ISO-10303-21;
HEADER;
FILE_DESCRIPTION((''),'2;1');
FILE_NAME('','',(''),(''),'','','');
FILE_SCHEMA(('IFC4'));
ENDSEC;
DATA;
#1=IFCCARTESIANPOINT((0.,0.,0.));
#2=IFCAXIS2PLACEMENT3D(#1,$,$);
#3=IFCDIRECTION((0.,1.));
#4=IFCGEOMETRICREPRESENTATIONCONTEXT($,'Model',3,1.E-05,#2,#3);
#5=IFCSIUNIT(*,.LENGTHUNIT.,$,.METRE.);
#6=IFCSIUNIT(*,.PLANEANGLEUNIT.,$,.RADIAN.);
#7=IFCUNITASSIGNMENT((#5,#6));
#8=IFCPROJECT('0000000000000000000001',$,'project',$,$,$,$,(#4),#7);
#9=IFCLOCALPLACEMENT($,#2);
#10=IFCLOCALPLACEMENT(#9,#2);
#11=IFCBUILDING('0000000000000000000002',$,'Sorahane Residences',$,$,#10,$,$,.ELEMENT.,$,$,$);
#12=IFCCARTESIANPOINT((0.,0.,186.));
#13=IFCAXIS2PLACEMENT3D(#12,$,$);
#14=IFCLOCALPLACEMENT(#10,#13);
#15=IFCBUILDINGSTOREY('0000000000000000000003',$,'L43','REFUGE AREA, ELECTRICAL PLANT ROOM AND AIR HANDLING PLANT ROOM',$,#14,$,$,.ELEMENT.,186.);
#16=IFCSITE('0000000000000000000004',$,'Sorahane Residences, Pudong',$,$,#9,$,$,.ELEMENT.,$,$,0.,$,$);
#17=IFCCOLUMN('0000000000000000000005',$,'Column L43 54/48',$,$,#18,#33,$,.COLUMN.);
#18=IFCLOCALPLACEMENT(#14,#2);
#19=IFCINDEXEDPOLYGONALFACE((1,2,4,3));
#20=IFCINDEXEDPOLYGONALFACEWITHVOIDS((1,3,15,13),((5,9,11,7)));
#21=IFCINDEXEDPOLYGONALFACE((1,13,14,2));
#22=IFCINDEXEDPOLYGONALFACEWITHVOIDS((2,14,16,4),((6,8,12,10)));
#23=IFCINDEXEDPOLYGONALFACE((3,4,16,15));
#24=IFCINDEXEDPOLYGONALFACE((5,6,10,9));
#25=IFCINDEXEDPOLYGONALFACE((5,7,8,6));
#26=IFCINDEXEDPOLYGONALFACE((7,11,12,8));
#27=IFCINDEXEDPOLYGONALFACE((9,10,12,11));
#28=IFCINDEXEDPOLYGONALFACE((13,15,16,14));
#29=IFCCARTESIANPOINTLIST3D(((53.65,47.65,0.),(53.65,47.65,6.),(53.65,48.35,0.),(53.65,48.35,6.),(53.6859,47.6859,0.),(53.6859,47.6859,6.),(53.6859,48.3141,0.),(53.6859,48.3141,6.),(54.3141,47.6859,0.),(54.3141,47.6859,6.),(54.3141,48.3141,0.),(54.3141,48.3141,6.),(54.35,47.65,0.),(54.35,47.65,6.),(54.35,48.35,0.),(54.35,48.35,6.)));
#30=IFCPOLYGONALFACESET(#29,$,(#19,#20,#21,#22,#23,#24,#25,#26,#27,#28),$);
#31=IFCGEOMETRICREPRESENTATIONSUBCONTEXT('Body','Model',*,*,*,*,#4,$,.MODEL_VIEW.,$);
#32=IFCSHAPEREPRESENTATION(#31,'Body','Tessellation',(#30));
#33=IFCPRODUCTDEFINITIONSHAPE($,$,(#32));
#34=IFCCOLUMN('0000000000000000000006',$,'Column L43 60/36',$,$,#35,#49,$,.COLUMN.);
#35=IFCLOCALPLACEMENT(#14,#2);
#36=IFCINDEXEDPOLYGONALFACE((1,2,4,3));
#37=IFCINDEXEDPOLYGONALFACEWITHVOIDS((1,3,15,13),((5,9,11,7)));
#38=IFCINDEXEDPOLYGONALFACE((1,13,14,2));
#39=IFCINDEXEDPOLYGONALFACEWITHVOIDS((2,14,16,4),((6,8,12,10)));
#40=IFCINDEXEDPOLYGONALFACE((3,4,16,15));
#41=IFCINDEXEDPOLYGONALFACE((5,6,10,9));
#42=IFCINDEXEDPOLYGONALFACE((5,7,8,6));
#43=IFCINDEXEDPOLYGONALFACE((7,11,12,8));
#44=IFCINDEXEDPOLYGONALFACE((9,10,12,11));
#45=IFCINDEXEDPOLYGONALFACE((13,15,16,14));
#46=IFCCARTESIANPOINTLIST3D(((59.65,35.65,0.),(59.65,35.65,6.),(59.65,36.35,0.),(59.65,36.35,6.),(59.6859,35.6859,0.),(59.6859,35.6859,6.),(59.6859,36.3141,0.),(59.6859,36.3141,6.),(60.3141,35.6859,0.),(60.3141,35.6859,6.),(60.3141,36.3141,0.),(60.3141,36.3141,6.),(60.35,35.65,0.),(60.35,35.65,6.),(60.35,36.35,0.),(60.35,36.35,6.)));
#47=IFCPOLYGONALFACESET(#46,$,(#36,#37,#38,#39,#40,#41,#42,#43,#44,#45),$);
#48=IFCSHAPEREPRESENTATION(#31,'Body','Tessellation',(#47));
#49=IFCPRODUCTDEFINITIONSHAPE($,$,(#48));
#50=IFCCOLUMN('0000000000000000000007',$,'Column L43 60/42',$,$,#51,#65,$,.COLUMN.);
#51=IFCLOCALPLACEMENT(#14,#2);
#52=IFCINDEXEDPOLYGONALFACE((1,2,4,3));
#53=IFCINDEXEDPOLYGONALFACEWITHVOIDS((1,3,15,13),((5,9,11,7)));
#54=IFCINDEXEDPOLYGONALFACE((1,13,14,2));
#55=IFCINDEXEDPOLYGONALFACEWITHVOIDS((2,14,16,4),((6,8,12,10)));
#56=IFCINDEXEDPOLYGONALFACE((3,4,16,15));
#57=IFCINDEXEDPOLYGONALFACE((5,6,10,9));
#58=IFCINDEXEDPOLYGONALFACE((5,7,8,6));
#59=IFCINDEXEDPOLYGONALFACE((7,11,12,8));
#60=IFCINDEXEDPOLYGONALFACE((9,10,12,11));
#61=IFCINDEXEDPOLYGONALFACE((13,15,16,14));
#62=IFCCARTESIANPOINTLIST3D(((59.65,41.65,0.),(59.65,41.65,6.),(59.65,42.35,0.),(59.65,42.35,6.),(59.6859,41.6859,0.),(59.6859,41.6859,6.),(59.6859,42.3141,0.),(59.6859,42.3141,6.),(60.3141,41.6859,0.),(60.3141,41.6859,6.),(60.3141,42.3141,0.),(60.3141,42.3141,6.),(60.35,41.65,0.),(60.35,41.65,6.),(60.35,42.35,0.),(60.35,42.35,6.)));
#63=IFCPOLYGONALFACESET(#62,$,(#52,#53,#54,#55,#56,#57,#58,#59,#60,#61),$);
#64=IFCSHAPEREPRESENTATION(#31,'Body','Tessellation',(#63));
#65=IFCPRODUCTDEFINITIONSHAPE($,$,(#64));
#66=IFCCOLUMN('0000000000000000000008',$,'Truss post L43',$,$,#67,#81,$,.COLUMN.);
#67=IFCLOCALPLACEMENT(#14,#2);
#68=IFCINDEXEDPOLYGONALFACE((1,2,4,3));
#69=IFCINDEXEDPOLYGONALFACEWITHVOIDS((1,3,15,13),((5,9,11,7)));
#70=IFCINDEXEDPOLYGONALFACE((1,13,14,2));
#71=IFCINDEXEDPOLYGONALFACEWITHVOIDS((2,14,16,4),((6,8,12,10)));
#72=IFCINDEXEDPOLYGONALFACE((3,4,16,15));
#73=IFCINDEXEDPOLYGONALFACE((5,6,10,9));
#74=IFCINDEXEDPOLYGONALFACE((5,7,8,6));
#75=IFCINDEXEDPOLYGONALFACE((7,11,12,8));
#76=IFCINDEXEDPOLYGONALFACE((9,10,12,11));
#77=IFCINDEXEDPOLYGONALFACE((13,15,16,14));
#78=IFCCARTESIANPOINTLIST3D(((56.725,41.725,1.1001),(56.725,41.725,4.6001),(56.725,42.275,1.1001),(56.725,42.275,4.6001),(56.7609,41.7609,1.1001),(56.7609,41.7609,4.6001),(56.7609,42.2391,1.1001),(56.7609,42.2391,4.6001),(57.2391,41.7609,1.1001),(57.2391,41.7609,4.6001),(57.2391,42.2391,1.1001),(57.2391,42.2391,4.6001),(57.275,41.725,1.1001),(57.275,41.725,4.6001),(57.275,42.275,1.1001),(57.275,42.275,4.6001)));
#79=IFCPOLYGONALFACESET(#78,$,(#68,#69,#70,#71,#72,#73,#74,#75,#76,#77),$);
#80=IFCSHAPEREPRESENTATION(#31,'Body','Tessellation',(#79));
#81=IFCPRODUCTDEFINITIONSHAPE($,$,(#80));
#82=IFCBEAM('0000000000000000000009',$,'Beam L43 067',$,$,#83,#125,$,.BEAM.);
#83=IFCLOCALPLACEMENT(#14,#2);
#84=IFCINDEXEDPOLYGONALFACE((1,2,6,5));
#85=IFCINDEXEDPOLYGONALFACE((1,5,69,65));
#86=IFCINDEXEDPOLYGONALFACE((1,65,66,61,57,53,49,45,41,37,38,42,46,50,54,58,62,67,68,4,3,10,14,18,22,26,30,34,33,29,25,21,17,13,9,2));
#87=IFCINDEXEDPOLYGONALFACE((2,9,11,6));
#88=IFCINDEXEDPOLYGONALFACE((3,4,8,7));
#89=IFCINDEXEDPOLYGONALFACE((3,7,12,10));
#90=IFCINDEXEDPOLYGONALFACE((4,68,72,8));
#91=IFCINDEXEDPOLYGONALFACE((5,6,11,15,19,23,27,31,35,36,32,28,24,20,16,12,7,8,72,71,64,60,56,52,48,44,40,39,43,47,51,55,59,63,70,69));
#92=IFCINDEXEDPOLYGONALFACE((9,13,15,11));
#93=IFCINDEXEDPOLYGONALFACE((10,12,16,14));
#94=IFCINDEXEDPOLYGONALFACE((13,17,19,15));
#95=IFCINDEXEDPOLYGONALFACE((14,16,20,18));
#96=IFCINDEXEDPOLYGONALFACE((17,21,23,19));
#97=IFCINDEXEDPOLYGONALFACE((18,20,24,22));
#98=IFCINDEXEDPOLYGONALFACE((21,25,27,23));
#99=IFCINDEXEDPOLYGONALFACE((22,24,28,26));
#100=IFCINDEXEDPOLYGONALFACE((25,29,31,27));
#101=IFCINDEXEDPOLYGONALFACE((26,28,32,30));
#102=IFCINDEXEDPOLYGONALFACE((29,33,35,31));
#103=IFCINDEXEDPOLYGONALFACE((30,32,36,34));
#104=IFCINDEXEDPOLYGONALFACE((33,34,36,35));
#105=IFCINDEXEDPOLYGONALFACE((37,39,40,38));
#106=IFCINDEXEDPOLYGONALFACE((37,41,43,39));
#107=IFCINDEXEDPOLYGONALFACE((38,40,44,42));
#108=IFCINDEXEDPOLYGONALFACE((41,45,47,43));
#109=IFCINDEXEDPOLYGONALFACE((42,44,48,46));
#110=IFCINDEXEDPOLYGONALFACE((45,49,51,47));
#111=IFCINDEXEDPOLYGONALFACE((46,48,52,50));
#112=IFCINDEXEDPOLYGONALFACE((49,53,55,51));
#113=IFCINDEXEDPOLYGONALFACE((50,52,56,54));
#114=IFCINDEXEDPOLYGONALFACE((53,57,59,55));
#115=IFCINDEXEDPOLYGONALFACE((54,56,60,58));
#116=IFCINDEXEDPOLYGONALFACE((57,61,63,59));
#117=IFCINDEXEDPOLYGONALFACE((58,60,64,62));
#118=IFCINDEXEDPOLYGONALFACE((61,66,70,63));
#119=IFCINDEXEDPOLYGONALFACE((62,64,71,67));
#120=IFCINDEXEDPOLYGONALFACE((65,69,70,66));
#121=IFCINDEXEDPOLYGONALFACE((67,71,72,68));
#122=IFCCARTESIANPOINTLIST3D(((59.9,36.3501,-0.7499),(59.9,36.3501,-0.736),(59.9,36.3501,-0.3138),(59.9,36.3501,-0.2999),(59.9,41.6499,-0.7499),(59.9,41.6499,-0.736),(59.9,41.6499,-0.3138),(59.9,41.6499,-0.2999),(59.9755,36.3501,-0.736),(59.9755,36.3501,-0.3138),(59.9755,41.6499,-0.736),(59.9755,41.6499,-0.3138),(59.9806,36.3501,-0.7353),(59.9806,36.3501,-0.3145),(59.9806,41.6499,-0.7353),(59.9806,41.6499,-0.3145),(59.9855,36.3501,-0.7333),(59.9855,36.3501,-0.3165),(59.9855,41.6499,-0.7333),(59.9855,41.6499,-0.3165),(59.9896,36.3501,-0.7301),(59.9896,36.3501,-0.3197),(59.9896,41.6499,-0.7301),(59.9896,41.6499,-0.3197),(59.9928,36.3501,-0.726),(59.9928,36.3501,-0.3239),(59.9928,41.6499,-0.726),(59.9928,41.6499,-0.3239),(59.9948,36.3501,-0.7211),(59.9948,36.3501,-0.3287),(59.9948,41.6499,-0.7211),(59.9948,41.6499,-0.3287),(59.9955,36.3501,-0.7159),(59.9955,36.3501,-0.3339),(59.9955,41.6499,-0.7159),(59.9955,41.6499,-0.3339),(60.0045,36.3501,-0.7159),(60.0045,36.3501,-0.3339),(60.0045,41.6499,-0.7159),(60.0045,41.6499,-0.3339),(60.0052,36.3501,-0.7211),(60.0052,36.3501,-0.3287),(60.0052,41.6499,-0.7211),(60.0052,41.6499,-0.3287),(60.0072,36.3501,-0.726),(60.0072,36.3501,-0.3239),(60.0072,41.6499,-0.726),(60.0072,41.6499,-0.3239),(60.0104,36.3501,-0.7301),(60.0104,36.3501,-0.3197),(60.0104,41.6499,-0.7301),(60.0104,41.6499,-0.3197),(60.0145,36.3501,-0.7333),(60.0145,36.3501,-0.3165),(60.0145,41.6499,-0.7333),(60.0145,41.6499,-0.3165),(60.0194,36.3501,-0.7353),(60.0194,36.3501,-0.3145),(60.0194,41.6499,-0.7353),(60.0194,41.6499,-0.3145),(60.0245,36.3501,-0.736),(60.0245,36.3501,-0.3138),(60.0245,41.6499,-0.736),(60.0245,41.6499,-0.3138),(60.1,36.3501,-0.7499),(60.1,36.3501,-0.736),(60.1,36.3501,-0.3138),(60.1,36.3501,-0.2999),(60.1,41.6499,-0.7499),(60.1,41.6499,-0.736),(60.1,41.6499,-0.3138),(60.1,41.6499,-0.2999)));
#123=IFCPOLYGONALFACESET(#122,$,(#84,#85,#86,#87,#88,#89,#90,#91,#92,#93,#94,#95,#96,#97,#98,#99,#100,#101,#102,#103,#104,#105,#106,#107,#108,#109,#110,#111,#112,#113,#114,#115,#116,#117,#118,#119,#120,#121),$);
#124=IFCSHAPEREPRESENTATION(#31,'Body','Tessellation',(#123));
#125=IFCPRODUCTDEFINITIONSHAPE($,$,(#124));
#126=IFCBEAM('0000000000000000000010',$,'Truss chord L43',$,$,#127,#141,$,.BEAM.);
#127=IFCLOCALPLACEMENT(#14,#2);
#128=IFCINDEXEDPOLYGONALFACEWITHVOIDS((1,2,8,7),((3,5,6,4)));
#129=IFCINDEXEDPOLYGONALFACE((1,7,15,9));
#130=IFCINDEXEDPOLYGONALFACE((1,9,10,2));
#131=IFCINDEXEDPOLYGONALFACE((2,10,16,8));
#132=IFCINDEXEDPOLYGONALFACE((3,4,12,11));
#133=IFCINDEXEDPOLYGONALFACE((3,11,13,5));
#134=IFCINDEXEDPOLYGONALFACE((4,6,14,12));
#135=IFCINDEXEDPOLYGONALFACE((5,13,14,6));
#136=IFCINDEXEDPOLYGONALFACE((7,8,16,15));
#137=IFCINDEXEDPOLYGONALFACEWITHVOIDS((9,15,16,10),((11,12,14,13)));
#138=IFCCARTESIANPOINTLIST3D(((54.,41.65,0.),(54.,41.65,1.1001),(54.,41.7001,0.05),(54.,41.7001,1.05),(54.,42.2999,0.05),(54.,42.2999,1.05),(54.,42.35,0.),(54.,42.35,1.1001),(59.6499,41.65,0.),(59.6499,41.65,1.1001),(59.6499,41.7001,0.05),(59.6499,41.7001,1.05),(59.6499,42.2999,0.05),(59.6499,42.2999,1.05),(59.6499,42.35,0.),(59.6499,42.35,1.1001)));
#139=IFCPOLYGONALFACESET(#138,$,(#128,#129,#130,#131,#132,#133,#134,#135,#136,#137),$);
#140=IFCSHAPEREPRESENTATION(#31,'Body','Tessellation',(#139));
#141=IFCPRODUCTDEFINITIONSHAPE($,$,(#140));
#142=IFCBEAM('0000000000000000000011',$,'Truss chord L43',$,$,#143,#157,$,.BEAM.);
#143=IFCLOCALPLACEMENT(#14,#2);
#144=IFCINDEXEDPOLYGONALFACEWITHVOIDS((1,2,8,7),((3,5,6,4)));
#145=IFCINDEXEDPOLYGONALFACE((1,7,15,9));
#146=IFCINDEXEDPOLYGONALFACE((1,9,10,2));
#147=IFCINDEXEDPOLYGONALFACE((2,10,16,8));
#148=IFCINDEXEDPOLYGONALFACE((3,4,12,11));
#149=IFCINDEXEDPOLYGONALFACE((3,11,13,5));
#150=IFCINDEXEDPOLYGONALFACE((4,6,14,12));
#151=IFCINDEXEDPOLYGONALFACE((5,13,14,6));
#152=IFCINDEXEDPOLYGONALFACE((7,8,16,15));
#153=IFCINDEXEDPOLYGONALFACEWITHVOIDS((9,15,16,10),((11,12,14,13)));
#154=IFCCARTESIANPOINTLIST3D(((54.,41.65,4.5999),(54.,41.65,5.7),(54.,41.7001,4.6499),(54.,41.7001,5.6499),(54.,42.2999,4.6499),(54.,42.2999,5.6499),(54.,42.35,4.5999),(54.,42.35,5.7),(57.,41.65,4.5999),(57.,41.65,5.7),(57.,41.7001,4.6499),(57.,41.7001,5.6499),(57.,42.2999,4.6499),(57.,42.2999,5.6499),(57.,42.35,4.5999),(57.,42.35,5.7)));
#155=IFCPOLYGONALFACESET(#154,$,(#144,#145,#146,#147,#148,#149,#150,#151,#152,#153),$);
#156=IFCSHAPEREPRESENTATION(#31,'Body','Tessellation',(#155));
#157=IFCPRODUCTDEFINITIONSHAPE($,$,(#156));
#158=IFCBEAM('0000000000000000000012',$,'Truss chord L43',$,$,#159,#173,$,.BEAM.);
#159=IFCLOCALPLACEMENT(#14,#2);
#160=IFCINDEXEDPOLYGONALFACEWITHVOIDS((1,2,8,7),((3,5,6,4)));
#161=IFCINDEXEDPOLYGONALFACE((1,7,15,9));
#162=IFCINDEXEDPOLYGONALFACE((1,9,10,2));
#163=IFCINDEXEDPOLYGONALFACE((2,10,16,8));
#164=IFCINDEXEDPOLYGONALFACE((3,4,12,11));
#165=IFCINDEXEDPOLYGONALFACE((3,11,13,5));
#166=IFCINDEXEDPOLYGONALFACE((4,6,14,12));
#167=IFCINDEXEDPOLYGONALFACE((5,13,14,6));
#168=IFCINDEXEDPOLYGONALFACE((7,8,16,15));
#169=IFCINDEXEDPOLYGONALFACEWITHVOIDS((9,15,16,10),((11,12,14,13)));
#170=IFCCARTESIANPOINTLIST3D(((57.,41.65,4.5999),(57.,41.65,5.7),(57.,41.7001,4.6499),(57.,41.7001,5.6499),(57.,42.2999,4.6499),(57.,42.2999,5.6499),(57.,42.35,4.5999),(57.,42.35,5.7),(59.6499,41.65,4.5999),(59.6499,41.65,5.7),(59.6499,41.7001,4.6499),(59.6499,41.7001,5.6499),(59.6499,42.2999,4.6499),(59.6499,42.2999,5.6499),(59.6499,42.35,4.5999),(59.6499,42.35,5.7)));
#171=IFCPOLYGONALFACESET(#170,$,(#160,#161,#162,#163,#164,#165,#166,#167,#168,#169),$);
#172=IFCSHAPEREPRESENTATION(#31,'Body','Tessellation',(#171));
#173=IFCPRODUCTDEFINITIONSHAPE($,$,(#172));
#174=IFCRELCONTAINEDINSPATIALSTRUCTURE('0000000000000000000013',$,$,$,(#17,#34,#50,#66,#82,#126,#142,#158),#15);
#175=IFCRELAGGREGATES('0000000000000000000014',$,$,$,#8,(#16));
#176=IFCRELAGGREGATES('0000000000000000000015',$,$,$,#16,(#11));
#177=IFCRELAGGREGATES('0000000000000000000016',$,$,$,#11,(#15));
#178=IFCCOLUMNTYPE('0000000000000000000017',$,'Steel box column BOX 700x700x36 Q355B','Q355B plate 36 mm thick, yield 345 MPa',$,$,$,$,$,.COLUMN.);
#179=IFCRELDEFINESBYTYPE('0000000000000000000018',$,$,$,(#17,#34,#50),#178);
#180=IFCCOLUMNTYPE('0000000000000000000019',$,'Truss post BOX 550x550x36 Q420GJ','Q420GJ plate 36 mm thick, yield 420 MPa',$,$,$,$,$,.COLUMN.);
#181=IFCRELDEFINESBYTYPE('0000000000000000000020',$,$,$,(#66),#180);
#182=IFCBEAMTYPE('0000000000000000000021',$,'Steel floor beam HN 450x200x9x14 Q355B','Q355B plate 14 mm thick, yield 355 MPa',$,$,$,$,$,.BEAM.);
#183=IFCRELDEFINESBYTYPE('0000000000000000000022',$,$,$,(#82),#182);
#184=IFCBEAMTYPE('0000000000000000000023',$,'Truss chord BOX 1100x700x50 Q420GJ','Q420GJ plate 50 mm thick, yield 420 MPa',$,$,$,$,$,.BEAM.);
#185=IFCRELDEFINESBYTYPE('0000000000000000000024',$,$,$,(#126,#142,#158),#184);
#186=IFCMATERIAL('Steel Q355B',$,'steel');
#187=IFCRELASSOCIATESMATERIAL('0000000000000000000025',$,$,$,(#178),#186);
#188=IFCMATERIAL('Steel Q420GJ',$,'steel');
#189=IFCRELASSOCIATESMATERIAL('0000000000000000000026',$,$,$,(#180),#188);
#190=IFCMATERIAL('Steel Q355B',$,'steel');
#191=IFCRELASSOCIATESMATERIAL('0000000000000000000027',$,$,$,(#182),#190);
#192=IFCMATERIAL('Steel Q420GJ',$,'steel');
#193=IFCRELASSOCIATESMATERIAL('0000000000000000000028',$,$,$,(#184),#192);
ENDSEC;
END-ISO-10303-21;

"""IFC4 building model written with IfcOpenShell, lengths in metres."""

from ifc_helpers import new_model, si_unit, direction, frame, origin, origin_2d, place, context, subcontext, project, spatial, hollow_rectangle, i_section, extrude, material, material_profile, profile_set, type_object, element, save


model = new_model("IFC4")

# Units and contexts
model_context = context("Model", 3, precision=1e-05, world=origin(), true_north=direction((0.0, 1.0)))
body_context = subcontext(model_context, "Body", "Model", "MODEL_VIEW")
ifc_project = project(units=[si_unit("LENGTHUNIT", "METRE"), si_unit("PLANEANGLEUNIT", "RADIAN")], contexts=[model_context])

# Site, building, storey
site_placement = place(None, origin())
site = spatial("IfcSite", under=ifc_project, at=site_placement, Name="Sorahane Residences, Pudong", CompositionType="ELEMENT", RefElevation=0.0)
building_placement = place(site_placement, origin())
building = spatial("IfcBuilding", under=site, at=building_placement, Name="Sorahane Residences", CompositionType="ELEMENT")
storey_placement = place(building_placement, frame((0.0, 0.0, 186.0)))
storey = spatial("IfcBuildingStorey", under=building, at=storey_placement, Name="L43", Description="REFUGE AREA, ELECTRICAL PLANT ROOM AND AIR HANDLING PLANT ROOM", CompositionType="ELEMENT", Elevation=186.0)

# Columns
ifc_material_1 = material(Name="Steel Q355B", Category="steel")
ifc_material_profile_1 = material_profile(ifc_material_1, hollow_rectangle(XDim=0.7, YDim=0.7, WallThickness=0.0359, at=origin_2d()), Name="BOX 700x700x36")
ifc_profile_set_1 = profile_set([ifc_material_profile_1], Name="Steel Q355B")
column_type_1 = type_object("IfcColumnType", Name="Steel box column BOX 700x700x36 Q355B", Description="Q355B plate 36 mm thick, yield 345 MPa", PredefinedType="COLUMN", material=ifc_profile_set_1)
for number, where, z_axis, x_axis, name in (
    (1, (54.0, 48.0, 0.0), (0.0, 0.0, 1.0), (1.0, 0.0, 0.0), "Column L43 54/48"),
    (2, (60.0, 36.0, 0.0), (0.0, 0.0, 1.0), (1.0, 0.0, 0.0), "Column L43 60/36"),
    (3, (60.0, 42.0, 0.0), (0.0, 0.0, 1.0), (1.0, 0.0, 0.0), "Column L43 60/42"),
):
    element("IfcColumn", number, at=place(storey_placement, frame(where, z_axis=z_axis, x_axis=x_axis)), inside=storey, type_object=column_type_1, Name=name, PredefinedType="COLUMN", context=body_context, shape_type="SweptSolid", body=[
        extrude(hollow_rectangle(XDim=0.7, YDim=0.7, WallThickness=0.0359, at=origin_2d()), origin(), (0.0, 0.0, 1.0), 6.0),
    ])
ifc_material_2 = material(Name="Steel Q420GJ", Category="steel")
ifc_material_profile_2 = material_profile(ifc_material_2, hollow_rectangle(XDim=0.55, YDim=0.55, WallThickness=0.0359, at=origin_2d()), Name="BOX 550x550x36")
ifc_profile_set_2 = profile_set([ifc_material_profile_2], Name="Steel Q420GJ")
column_type_2 = type_object("IfcColumnType", Name="Truss post BOX 550x550x36 Q420GJ", Description="Q420GJ plate 36 mm thick, yield 420 MPa", PredefinedType="COLUMN", material=ifc_profile_set_2)
column_placement = place(storey_placement, frame((57.0, 42.0, 1.1001), z_axis=(0.0, 0.0, 1.0), x_axis=(1.0, 0.0, 0.0)))
element("IfcColumn", 4, at=column_placement, inside=storey, type_object=column_type_2, Name="Truss post L43", PredefinedType="COLUMN", context=body_context, shape_type="SweptSolid", body=[
    extrude(hollow_rectangle(XDim=0.55, YDim=0.55, WallThickness=0.0359, at=origin_2d()), origin(), (0.0, 0.0, 1.0), 3.5),
])

# Beams
ifc_material_3 = material(Name="Steel Q355B", Category="steel")
ifc_material_profile_3 = material_profile(ifc_material_3, i_section(OverallWidth=0.2, OverallDepth=0.45, WebThickness=0.009, FlangeThickness=0.0139, FilletRadius=0.02, at=origin_2d()), Name="HN 450x200x9x14")
ifc_profile_set_3 = profile_set([ifc_material_profile_3], Name="Steel Q355B")
beam_type_1 = type_object("IfcBeamType", Name="Steel floor beam HN 450x200x9x14 Q355B", Description="Q355B plate 14 mm thick, yield 355 MPa", PredefinedType="BEAM", material=ifc_profile_set_3)
beam_1_placement = place(storey_placement, frame((60.0, 36.3501, -0.5249), z_axis=(0.0, 1.0, 0.0), x_axis=(-1.0, 0.0, 0.0)))
element("IfcBeam", 5, at=beam_1_placement, inside=storey, type_object=beam_type_1, Name="Beam L43 067", PredefinedType="BEAM", context=body_context, shape_type="SweptSolid", body=[
    extrude(i_section(OverallWidth=0.2, OverallDepth=0.45, WebThickness=0.009, FlangeThickness=0.0139, FilletRadius=0.02, at=origin_2d()), origin(), (0.0, 0.0, 1.0), 5.2998),
])
ifc_material_4 = material(Name="Steel Q420GJ", Category="steel")
ifc_material_profile_4 = material_profile(ifc_material_4, hollow_rectangle(XDim=0.7, YDim=1.1001, WallThickness=0.05, at=origin_2d()), Name="BOX 1100x700x50")
ifc_profile_set_4 = profile_set([ifc_material_profile_4], Name="Steel Q420GJ")
beam_type_2 = type_object("IfcBeamType", Name="Truss chord BOX 1100x700x50 Q420GJ", Description="Q420GJ plate 50 mm thick, yield 420 MPa", PredefinedType="BEAM", material=ifc_profile_set_4)
beam_2_placement = place(storey_placement, frame((54.0, 42.0, 0.55), z_axis=(1.0, 0.0, 0.0), x_axis=(0.0, 1.0, 0.0)))
element("IfcBeam", 6, at=beam_2_placement, inside=storey, type_object=beam_type_2, Name="Truss chord L43", PredefinedType="BEAM", context=body_context, shape_type="SweptSolid", body=[
    extrude(hollow_rectangle(XDim=0.7, YDim=1.1001, WallThickness=0.05, at=origin_2d()), origin(), (0.0, 0.0, 1.0), 5.6499),
])
beam_3_placement = place(storey_placement, frame((54.0, 42.0, 5.1499), z_axis=(1.0, 0.0, 0.0), x_axis=(0.0, 1.0, 0.0)))
element("IfcBeam", 7, at=beam_3_placement, inside=storey, type_object=beam_type_2, Name="Truss chord L43", PredefinedType="BEAM", context=body_context, shape_type="SweptSolid", body=[
    extrude(hollow_rectangle(XDim=0.7, YDim=1.1001, WallThickness=0.05, at=origin_2d()), origin(), (0.0, 0.0, 1.0), 3.0),
])
beam_4_placement = place(storey_placement, frame((57.0, 42.0, 5.1499), z_axis=(1.0, 0.0, 0.0), x_axis=(0.0, 1.0, 0.0)))
element("IfcBeam", 8, at=beam_4_placement, inside=storey, type_object=beam_type_2, Name="Truss chord L43", PredefinedType="BEAM", context=body_context, shape_type="SweptSolid", body=[
    extrude(hollow_rectangle(XDim=0.7, YDim=1.1001, WallThickness=0.05, at=origin_2d()), origin(), (0.0, 0.0, 1.0), 2.6499),
])

save(model, "model.ifc")
